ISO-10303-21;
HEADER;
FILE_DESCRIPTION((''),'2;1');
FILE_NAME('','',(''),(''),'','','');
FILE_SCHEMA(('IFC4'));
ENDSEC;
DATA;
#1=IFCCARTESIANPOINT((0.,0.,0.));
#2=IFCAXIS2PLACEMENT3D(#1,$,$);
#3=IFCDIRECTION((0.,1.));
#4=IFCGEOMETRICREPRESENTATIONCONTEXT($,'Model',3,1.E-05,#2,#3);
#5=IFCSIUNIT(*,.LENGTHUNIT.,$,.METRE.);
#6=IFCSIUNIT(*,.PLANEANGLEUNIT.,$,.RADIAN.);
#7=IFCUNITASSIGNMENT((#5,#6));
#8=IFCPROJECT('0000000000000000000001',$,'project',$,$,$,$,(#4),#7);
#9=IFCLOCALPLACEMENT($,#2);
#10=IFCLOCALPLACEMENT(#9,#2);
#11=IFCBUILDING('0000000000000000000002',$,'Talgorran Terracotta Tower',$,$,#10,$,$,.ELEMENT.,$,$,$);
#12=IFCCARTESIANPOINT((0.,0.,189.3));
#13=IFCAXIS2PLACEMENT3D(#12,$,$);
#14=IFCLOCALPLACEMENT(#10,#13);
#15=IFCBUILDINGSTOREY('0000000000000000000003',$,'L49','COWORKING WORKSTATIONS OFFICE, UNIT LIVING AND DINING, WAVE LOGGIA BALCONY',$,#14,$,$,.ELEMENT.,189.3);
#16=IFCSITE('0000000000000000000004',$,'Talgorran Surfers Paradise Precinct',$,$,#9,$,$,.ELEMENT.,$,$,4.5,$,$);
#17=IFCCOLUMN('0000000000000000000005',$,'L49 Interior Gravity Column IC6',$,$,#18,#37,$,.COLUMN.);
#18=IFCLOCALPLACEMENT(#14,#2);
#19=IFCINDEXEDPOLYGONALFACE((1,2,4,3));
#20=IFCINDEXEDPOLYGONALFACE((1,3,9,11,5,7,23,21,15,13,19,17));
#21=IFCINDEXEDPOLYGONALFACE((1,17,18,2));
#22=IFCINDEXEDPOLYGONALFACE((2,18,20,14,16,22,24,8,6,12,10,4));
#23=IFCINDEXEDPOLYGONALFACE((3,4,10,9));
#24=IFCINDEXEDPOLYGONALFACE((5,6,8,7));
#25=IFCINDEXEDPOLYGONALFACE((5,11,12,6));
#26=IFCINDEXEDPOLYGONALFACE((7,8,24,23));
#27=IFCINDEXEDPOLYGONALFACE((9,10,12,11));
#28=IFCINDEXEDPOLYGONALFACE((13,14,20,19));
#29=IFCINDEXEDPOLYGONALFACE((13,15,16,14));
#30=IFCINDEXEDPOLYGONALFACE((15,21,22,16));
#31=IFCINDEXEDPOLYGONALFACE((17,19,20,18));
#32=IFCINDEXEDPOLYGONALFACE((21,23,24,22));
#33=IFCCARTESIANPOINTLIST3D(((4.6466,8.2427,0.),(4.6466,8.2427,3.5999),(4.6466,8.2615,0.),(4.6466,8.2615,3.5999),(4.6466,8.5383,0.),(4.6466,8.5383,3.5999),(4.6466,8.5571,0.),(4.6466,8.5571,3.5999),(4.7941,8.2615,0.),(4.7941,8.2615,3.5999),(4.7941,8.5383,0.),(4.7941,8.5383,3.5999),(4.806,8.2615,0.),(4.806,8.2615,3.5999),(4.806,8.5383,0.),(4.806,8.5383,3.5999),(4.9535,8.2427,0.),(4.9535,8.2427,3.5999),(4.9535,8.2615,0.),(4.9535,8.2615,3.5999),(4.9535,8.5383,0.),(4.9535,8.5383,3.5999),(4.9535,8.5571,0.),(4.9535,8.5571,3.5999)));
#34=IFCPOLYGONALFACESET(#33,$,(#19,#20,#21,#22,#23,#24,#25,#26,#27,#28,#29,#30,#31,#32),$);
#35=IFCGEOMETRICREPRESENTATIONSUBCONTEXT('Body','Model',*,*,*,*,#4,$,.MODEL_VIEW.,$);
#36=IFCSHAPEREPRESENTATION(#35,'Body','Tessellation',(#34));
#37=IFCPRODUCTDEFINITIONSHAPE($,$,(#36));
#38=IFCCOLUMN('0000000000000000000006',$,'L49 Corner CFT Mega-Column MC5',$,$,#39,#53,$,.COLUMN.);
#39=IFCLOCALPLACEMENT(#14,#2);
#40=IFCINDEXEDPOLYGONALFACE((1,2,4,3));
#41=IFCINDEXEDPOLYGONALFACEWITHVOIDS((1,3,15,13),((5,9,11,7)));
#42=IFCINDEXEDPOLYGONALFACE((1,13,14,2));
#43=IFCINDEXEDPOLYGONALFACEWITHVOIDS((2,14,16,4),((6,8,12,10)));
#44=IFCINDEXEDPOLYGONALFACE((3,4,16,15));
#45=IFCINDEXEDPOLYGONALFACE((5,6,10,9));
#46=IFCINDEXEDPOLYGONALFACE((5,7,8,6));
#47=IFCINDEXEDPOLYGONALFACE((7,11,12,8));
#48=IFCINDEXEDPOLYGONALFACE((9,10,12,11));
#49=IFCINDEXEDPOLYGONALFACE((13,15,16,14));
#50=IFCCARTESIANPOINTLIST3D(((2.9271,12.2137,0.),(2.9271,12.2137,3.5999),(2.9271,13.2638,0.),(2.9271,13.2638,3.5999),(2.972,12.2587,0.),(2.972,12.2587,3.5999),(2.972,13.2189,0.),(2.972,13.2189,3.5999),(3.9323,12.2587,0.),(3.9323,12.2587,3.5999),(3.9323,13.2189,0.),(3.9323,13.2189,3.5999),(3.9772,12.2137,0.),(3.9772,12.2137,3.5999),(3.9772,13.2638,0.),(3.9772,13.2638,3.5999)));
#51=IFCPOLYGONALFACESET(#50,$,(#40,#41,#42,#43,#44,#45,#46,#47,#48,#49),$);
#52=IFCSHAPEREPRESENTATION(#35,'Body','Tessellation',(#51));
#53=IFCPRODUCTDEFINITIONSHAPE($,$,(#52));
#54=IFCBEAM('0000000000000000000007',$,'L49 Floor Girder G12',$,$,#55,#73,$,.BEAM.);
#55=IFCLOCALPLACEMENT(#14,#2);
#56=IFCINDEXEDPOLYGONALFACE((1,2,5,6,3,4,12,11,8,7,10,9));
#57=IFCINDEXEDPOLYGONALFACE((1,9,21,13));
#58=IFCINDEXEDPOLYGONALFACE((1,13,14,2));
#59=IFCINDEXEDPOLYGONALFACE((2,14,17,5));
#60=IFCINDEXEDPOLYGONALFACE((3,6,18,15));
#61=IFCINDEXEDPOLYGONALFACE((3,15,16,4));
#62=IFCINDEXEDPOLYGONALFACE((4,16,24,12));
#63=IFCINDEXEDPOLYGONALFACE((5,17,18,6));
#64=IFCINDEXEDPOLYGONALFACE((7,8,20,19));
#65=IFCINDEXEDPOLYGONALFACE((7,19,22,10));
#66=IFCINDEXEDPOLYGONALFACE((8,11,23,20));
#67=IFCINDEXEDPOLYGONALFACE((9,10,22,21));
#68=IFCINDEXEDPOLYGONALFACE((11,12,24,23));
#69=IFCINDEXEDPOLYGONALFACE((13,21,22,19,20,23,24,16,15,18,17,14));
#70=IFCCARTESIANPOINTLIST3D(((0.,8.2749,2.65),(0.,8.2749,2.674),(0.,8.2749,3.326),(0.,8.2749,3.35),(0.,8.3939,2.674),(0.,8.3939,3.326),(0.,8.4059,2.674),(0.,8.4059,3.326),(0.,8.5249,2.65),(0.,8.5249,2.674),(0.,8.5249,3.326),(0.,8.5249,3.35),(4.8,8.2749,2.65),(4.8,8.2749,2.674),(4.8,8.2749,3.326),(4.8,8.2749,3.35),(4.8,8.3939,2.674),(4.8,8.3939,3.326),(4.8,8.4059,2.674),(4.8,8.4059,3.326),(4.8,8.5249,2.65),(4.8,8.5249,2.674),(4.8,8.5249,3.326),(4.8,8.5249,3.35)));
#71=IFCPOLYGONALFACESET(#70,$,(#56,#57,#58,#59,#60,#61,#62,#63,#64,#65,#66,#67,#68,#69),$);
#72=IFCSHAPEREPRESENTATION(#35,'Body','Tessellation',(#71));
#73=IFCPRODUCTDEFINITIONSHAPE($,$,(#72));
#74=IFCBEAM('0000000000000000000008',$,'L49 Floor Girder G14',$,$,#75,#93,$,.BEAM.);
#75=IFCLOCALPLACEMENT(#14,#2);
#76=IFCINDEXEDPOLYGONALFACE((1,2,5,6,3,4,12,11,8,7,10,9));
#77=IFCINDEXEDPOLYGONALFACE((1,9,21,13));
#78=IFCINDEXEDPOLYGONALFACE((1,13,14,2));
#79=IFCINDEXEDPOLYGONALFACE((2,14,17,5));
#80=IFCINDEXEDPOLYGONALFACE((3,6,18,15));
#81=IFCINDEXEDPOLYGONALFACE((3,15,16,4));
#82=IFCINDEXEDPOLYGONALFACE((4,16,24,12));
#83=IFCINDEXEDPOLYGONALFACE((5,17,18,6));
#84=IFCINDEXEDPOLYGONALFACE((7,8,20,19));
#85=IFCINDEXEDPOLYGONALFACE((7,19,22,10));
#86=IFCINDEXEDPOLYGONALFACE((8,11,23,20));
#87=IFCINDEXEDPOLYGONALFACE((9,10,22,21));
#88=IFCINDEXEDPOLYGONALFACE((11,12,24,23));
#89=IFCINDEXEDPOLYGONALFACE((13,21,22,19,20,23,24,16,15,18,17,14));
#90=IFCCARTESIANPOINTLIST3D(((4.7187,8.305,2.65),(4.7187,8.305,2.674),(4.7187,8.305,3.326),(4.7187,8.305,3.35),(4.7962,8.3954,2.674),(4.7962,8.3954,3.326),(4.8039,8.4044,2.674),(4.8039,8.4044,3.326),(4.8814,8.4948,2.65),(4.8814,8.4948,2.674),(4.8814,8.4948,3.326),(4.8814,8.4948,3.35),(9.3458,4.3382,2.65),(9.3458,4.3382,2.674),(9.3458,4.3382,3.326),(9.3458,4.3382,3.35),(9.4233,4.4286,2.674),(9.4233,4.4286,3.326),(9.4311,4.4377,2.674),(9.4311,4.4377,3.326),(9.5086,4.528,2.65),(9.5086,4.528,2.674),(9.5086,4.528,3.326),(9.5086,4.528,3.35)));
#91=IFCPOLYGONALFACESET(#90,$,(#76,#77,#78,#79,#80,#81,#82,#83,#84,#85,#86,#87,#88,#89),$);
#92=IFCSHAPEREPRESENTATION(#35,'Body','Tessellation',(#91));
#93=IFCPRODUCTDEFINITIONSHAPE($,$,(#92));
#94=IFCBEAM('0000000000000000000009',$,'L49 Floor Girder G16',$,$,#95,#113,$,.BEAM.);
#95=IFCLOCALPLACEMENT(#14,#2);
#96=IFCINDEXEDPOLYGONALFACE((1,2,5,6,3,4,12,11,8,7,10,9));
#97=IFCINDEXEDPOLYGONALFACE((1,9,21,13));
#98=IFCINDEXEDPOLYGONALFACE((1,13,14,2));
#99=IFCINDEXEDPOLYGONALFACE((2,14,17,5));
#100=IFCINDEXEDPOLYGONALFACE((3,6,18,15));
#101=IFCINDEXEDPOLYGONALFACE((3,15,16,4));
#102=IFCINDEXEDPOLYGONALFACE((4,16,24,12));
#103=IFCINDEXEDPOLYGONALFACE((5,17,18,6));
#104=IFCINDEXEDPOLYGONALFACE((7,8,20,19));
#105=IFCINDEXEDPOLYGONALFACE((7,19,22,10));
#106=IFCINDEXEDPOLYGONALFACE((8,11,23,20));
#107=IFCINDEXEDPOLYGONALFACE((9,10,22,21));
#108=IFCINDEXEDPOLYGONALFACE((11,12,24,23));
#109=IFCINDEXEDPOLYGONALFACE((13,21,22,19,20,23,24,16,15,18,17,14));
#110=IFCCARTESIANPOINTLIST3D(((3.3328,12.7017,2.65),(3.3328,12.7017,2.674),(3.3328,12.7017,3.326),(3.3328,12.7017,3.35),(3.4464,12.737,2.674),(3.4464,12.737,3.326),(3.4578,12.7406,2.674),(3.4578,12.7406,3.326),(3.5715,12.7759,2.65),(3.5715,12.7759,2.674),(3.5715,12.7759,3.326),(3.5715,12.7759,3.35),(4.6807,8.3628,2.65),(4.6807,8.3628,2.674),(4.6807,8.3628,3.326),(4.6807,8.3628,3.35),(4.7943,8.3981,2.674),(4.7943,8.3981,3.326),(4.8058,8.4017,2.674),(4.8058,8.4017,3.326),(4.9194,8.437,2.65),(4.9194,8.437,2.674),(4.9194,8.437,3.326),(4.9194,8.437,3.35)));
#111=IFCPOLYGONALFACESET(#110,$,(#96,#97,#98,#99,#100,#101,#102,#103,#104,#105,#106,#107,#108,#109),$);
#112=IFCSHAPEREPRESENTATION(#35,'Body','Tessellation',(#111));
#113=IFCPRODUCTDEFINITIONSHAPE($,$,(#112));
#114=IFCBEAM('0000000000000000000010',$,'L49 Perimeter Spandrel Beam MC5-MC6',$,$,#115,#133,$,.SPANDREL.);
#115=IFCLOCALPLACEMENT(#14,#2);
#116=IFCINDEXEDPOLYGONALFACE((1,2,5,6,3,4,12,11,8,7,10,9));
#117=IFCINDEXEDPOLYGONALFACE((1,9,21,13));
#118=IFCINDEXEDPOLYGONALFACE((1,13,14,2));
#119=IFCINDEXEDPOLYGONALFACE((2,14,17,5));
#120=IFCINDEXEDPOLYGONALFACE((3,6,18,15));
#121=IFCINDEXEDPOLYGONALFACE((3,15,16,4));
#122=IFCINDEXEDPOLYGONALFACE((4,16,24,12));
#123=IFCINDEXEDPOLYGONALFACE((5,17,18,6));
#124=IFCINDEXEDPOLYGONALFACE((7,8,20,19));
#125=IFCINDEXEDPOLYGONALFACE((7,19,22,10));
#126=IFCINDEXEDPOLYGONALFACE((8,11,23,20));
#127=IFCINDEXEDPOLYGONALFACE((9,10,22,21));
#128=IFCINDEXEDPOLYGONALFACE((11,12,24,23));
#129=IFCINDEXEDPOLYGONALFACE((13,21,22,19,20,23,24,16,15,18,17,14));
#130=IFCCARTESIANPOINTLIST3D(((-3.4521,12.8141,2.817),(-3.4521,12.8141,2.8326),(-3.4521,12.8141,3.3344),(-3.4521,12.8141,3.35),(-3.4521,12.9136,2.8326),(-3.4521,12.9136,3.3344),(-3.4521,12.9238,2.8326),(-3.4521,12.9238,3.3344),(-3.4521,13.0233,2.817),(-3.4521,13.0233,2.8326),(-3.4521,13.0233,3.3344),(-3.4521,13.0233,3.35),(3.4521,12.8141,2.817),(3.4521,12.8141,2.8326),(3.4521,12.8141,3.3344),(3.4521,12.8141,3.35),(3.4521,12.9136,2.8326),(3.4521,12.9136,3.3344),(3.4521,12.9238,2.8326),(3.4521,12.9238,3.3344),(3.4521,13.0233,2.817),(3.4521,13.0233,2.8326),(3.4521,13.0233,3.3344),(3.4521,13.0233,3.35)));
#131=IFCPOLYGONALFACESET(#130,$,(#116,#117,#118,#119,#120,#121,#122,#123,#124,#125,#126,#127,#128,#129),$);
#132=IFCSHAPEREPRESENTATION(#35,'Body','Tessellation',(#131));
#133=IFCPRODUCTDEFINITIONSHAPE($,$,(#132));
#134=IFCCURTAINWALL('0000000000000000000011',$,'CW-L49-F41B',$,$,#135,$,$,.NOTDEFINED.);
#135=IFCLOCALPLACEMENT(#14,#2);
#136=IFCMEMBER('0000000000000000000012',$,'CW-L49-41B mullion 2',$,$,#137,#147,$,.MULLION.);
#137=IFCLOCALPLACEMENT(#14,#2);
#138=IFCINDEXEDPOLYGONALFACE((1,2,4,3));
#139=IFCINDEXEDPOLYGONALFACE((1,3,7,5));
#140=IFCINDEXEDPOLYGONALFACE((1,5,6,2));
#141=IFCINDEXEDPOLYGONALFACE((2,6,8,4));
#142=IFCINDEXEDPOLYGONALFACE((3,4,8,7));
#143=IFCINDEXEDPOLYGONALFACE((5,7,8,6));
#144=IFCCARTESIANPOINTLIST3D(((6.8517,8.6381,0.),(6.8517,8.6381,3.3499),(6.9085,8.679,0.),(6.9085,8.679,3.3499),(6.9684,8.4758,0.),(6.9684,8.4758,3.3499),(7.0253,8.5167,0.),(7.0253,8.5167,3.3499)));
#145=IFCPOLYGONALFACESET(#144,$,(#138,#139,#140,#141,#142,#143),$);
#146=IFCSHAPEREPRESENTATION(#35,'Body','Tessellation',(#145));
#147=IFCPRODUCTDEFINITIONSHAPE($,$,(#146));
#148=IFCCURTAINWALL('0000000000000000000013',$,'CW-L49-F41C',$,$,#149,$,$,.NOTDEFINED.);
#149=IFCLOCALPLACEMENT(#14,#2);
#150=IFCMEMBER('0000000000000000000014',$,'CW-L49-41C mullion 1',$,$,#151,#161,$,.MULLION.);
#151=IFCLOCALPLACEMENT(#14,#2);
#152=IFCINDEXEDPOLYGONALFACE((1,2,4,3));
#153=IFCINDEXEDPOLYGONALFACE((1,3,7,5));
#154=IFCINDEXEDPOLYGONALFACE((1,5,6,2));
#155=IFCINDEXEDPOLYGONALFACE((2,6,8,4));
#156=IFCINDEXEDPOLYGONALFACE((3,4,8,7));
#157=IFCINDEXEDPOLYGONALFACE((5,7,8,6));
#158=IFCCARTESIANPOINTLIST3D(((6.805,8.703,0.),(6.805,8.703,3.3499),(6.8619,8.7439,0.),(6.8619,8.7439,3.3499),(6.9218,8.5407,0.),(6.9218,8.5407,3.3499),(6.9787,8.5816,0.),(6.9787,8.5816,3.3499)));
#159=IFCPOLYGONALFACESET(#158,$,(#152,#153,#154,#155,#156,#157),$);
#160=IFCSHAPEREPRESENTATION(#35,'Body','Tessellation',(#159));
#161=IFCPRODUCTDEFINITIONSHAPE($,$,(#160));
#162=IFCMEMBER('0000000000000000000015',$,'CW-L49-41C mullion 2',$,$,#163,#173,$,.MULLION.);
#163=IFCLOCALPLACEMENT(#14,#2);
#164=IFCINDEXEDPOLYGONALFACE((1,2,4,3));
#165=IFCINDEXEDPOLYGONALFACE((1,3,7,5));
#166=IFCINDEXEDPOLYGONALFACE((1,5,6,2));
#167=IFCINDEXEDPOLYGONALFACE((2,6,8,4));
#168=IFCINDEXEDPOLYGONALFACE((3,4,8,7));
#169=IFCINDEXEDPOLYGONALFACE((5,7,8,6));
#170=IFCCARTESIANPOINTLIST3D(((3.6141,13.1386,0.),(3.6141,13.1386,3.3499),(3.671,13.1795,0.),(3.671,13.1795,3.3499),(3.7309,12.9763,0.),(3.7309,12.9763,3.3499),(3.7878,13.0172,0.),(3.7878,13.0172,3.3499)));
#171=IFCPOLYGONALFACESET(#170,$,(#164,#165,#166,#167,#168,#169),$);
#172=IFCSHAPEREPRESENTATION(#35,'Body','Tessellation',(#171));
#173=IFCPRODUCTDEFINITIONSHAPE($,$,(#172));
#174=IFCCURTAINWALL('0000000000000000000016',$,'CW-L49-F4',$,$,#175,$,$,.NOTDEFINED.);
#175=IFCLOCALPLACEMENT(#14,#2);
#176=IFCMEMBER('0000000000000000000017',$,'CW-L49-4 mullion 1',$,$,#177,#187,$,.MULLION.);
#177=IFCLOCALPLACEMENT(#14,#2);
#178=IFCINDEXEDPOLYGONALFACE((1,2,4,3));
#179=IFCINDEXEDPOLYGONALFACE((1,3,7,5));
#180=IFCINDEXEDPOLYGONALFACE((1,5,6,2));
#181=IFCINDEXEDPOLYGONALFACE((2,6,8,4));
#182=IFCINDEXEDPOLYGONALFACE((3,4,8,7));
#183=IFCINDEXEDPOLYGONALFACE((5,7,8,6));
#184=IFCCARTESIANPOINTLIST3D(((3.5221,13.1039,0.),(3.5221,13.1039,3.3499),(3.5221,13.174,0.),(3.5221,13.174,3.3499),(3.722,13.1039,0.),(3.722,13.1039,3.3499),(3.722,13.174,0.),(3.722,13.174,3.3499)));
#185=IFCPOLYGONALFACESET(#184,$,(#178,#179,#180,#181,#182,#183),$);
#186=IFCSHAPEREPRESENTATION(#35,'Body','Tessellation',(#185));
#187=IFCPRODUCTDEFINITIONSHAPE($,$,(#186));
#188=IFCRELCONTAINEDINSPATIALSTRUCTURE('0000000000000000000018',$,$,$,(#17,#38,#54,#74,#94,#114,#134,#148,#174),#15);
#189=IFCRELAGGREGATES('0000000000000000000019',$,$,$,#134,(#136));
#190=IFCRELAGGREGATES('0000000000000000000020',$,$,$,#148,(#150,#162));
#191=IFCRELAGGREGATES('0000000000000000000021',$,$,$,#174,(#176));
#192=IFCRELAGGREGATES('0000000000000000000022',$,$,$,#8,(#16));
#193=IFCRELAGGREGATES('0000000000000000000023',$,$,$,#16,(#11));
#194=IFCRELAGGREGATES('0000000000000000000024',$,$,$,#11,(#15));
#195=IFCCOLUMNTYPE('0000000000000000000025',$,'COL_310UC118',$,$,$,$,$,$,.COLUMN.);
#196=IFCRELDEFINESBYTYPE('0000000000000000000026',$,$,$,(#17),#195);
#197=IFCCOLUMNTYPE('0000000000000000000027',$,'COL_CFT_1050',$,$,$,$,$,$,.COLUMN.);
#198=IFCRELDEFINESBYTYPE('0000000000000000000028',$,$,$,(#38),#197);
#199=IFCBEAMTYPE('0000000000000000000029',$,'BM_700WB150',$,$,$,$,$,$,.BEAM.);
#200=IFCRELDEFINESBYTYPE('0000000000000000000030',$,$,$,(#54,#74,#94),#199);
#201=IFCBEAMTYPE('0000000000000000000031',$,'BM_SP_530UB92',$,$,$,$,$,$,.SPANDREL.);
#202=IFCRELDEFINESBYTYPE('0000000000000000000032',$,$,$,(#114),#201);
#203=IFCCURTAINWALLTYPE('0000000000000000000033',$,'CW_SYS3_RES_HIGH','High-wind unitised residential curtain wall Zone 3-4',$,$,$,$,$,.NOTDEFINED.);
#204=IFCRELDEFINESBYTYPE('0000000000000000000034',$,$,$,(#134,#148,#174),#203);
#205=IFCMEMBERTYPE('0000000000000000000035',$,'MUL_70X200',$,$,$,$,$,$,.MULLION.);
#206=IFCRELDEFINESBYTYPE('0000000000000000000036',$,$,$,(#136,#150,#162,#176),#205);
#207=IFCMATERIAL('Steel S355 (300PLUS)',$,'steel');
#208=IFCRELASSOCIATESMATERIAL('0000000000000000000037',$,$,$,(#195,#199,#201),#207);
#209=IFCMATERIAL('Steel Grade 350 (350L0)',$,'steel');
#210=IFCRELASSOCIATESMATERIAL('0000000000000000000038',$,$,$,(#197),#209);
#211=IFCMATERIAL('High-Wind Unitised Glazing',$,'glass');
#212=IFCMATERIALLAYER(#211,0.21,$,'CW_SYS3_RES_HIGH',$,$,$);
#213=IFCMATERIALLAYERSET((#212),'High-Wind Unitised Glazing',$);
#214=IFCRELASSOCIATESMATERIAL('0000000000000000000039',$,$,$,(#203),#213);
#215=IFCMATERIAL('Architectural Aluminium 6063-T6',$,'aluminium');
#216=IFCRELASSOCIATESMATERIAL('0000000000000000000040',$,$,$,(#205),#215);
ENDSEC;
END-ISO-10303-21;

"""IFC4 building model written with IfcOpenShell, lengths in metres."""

from ifc_helpers import new_model, si_unit, direction, frame, origin, origin_2d, place, context, subcontext, project, spatial, rectangle, hollow_rectangle, i_section, extrude, material, layer, layer_set, material_profile, profile_set, type_object, element, aggregate, save


model = new_model("IFC4")

# Units and contexts
model_context = context("Model", 3, precision=1e-05, world=origin(), true_north=direction((0.0, 1.0)))
body_context = subcontext(model_context, "Body", "Model", "MODEL_VIEW")
ifc_project = project(units=[si_unit("LENGTHUNIT", "METRE"), si_unit("PLANEANGLEUNIT", "RADIAN")], contexts=[model_context])

# Site, building, storey
site_placement = place(None, origin())
site = spatial("IfcSite", under=ifc_project, at=site_placement, Name="Talgorran Surfers Paradise Precinct", CompositionType="ELEMENT", RefElevation=4.5)
building_placement = place(site_placement, origin())
building = spatial("IfcBuilding", under=site, at=building_placement, Name="Talgorran Terracotta Tower", CompositionType="ELEMENT")
storey_placement = place(building_placement, frame((0.0, 0.0, 189.3)))
storey = spatial("IfcBuildingStorey", under=building, at=storey_placement, Name="L49", Description="COWORKING WORKSTATIONS OFFICE, UNIT LIVING AND DINING, WAVE LOGGIA BALCONY", CompositionType="ELEMENT", Elevation=189.3)

# Columns
ifc_material_1 = material(Name="Steel S355 (300PLUS)", Category="steel")
ifc_material_profile_1 = material_profile(ifc_material_1, i_section(OverallWidth=0.3069, OverallDepth=0.3145, WebThickness=0.012, FlangeThickness=0.0188, at=origin_2d()), Name="310UC118")
ifc_profile_set_1 = profile_set([ifc_material_profile_1], Name="Steel S355 (300PLUS)")
column_type_1 = type_object("IfcColumnType", Name="COL_310UC118", PredefinedType="COLUMN", material=ifc_profile_set_1)
column_1_placement = place(storey_placement, frame((4.8, 8.3999, 0.0), z_axis=(0.0, 0.0, 1.0), x_axis=(1.0, 0.0, 0.0)))
element("IfcColumn", 1, at=column_1_placement, inside=storey, type_object=column_type_1, Name="L49 Interior Gravity Column IC6", PredefinedType="COLUMN", context=body_context, shape_type="SweptSolid", body=[
    extrude(i_section(OverallWidth=0.3069, OverallDepth=0.3145, WebThickness=0.012, FlangeThickness=0.0188, at=origin_2d()), origin(), (0.0, 0.0, 1.0), 3.5999),
])
ifc_material_2 = material(Name="Steel Grade 350 (350L0)", Category="steel")
ifc_material_profile_2 = material_profile(ifc_material_2, hollow_rectangle(XDim=1.05, YDim=1.05, WallThickness=0.0449, at=origin_2d()), Name="CFT1050X1050X45")
ifc_profile_set_2 = profile_set([ifc_material_profile_2], Name="Steel Grade 350 (350L0)")
column_type_2 = type_object("IfcColumnType", Name="COL_CFT_1050", PredefinedType="COLUMN", material=ifc_profile_set_2)
column_2_placement = place(storey_placement, frame((3.4521, 12.7388, 0.0), z_axis=(0.0, 0.0, 1.0), x_axis=(1.0, 0.0, 0.0)))
element("IfcColumn", 2, at=column_2_placement, inside=storey, type_object=column_type_2, Name="L49 Corner CFT Mega-Column MC5", PredefinedType="COLUMN", context=body_context, shape_type="SweptSolid", body=[
    extrude(hollow_rectangle(XDim=1.05, YDim=1.05, WallThickness=0.0449, at=origin_2d()), origin(), (0.0, 0.0, 1.0), 3.5999),
])

# Beams
ifc_material_profile_3 = material_profile(ifc_material_1, i_section(OverallWidth=0.25, OverallDepth=0.7, WebThickness=0.012, FlangeThickness=0.0239, at=origin_2d()), Name="700WB150")
ifc_profile_set_3 = profile_set([ifc_material_profile_3], Name="Steel S355 (300PLUS)")
beam_type_1 = type_object("IfcBeamType", Name="BM_700WB150", PredefinedType="BEAM", material=ifc_profile_set_3)
beam_1_placement = place(storey_placement, frame((0.0, 8.3999, 3.0), z_axis=(1.0, 0.0, 0.0), x_axis=(0.0, 1.0, 0.0)))
element("IfcBeam", 3, at=beam_1_placement, inside=storey, type_object=beam_type_1, Name="L49 Floor Girder G12", PredefinedType="BEAM", context=body_context, shape_type="SweptSolid", body=[
    extrude(i_section(OverallWidth=0.25, OverallDepth=0.7, WebThickness=0.012, FlangeThickness=0.0239, at=origin_2d()), origin(), (0.0, 0.0, 1.0), 4.8),
])
beam_2_placement = place(storey_placement, frame((4.8, 8.3999, 3.0), z_axis=(0.759206, -0.650851, 0.0), x_axis=(0.650851, 0.759206, 0.0)))
element("IfcBeam", 4, at=beam_2_placement, inside=storey, type_object=beam_type_1, Name="L49 Floor Girder G14", PredefinedType="BEAM", context=body_context, shape_type="SweptSolid", body=[
    extrude(i_section(OverallWidth=0.25, OverallDepth=0.7, WebThickness=0.012, FlangeThickness=0.0239, at=origin_2d()), origin(), (0.0, 0.0, 1.0), 6.0947),
])
beam_3_placement = place(storey_placement, frame((4.8, 8.3999, 3.0), z_axis=(-0.296671, 0.95498, 0.0), x_axis=(-0.95498, -0.296671, 0.0)))
element("IfcBeam", 5, at=beam_3_placement, inside=storey, type_object=beam_type_1, Name="L49 Floor Girder G16", PredefinedType="BEAM", context=body_context, shape_type="SweptSolid", body=[
    extrude(i_section(OverallWidth=0.25, OverallDepth=0.7, WebThickness=0.012, FlangeThickness=0.0239, at=origin_2d()), origin(), (0.0, 0.0, 1.0), 4.5435),
])
ifc_material_profile_4 = material_profile(ifc_material_1, i_section(OverallWidth=0.2092, OverallDepth=0.533, WebThickness=0.0103, FlangeThickness=0.0156, at=origin_2d()), Name="530UB92.4")
ifc_profile_set_4 = profile_set([ifc_material_profile_4], Name="Steel S355 (300PLUS)")
beam_type_2 = type_object("IfcBeamType", Name="BM_SP_530UB92", PredefinedType="SPANDREL", material=ifc_profile_set_4)
beam_4_placement = place(storey_placement, frame((3.4521, 12.9187, 3.0835), z_axis=(-1.0, 0.0, 0.0), x_axis=(0.0, -1.0, 0.0)))
element("IfcBeam", 6, at=beam_4_placement, inside=storey, type_object=beam_type_2, Name="L49 Perimeter Spandrel Beam MC5-MC6", PredefinedType="SPANDREL", context=body_context, shape_type="SweptSolid", body=[
    extrude(i_section(OverallWidth=0.2092, OverallDepth=0.533, WebThickness=0.0103, FlangeThickness=0.0156, at=origin_2d()), origin(), (0.0, 0.0, 1.0), 6.9043),
])

# Curtain wall, member
ifc_material_3 = material(Name="High-Wind Unitised Glazing", Category="glass")
ifc_layer_1 = layer(ifc_material_3, 0.21, Name="CW_SYS3_RES_HIGH")
ifc_layer_set_1 = layer_set([ifc_layer_1], Name="High-Wind Unitised Glazing")
curtain_wall_type = type_object("IfcCurtainWallType", Name="CW_SYS3_RES_HIGH", Description="High-wind unitised residential curtain wall Zone 3-4", PredefinedType="NOTDEFINED", material=ifc_layer_set_1)
curtain_wall_1_placement = place(storey_placement, origin())
curtain_wall_1 = element("IfcCurtainWall", 7, at=curtain_wall_1_placement, inside=storey, type_object=curtain_wall_type, Name="CW-L49-F41B", PredefinedType="NOTDEFINED")
ifc_material_4 = material(Name="Architectural Aluminium 6063-T6", Category="aluminium")
ifc_material_profile_5 = material_profile(ifc_material_4, rectangle(XDim=0.0701, YDim=0.2, at=origin_2d()), Name="CWM70X200")
ifc_profile_set_5 = profile_set([ifc_material_profile_5], Name="Architectural Aluminium 6063-T6")
member_type_1 = type_object("IfcMemberType", Name="MUL_70X200", PredefinedType="MULLION", material=ifc_profile_set_5)
member_1_placement = place(storey_placement, frame((6.9385, 8.5774, 0.0), z_axis=(0.0, 0.0, 1.0), x_axis=(-0.811785, -0.583957, 0.0)))
member_1 = element("IfcMember", 8, at=member_1_placement, type_object=member_type_1, Name="CW-L49-41B mullion 2", PredefinedType="MULLION", context=body_context, shape_type="SweptSolid", body=[
    extrude(rectangle(XDim=0.0701, YDim=0.2, at=origin_2d()), origin(), (0.0, 0.0, 1.0), 3.3499),
])

# Curtain wall, members
curtain_wall_2_placement = place(storey_placement, origin())
curtain_wall_2 = element("IfcCurtainWall", 9, at=curtain_wall_2_placement, inside=storey, type_object=curtain_wall_type, Name="CW-L49-F41C", PredefinedType="NOTDEFINED")
member_2_placement = place(storey_placement, frame((6.8918, 8.6423, 0.0), z_axis=(0.0, 0.0, 1.0), x_axis=(-0.811762, -0.583989, 0.0)))
member_2 = element("IfcMember", 10, at=member_2_placement, type_object=member_type_1, Name="CW-L49-41C mullion 1", PredefinedType="MULLION", context=body_context, shape_type="SweptSolid", body=[
    extrude(rectangle(XDim=0.0701, YDim=0.2, at=origin_2d()), origin(), (0.0, 0.0, 1.0), 3.3499),
])
member_3_placement = place(storey_placement, frame((3.7009, 13.0779, 0.0), z_axis=(0.0, 0.0, 1.0), x_axis=(-0.811762, -0.583989, 0.0)))
member_3 = element("IfcMember", 11, at=member_3_placement, type_object=member_type_1, Name="CW-L49-41C mullion 2", PredefinedType="MULLION", context=body_context, shape_type="SweptSolid", body=[
    extrude(rectangle(XDim=0.0701, YDim=0.2, at=origin_2d()), origin(), (0.0, 0.0, 1.0), 3.3499),
])

# Curtain wall, member
curtain_wall_3_placement = place(storey_placement, origin())
curtain_wall_3 = element("IfcCurtainWall", 12, at=curtain_wall_3_placement, inside=storey, type_object=curtain_wall_type, Name="CW-L49-F4", PredefinedType="NOTDEFINED")
member_4_placement = place(storey_placement, frame((3.6221, 13.1389, 0.0), z_axis=(0.0, 0.0, 1.0), x_axis=(0.0, -1.0, 0.0)))
member_4 = element("IfcMember", 13, at=member_4_placement, type_object=member_type_1, Name="CW-L49-4 mullion 1", PredefinedType="MULLION", context=body_context, shape_type="SweptSolid", body=[
    extrude(rectangle(XDim=0.0701, YDim=0.2, at=origin_2d()), origin(), (0.0, 0.0, 1.0), 3.3499),
])

aggregate(curtain_wall_1, [member_1])
aggregate(curtain_wall_2, [member_2, member_3])
aggregate(curtain_wall_3, [member_4])

save(model, "model.ifc")
